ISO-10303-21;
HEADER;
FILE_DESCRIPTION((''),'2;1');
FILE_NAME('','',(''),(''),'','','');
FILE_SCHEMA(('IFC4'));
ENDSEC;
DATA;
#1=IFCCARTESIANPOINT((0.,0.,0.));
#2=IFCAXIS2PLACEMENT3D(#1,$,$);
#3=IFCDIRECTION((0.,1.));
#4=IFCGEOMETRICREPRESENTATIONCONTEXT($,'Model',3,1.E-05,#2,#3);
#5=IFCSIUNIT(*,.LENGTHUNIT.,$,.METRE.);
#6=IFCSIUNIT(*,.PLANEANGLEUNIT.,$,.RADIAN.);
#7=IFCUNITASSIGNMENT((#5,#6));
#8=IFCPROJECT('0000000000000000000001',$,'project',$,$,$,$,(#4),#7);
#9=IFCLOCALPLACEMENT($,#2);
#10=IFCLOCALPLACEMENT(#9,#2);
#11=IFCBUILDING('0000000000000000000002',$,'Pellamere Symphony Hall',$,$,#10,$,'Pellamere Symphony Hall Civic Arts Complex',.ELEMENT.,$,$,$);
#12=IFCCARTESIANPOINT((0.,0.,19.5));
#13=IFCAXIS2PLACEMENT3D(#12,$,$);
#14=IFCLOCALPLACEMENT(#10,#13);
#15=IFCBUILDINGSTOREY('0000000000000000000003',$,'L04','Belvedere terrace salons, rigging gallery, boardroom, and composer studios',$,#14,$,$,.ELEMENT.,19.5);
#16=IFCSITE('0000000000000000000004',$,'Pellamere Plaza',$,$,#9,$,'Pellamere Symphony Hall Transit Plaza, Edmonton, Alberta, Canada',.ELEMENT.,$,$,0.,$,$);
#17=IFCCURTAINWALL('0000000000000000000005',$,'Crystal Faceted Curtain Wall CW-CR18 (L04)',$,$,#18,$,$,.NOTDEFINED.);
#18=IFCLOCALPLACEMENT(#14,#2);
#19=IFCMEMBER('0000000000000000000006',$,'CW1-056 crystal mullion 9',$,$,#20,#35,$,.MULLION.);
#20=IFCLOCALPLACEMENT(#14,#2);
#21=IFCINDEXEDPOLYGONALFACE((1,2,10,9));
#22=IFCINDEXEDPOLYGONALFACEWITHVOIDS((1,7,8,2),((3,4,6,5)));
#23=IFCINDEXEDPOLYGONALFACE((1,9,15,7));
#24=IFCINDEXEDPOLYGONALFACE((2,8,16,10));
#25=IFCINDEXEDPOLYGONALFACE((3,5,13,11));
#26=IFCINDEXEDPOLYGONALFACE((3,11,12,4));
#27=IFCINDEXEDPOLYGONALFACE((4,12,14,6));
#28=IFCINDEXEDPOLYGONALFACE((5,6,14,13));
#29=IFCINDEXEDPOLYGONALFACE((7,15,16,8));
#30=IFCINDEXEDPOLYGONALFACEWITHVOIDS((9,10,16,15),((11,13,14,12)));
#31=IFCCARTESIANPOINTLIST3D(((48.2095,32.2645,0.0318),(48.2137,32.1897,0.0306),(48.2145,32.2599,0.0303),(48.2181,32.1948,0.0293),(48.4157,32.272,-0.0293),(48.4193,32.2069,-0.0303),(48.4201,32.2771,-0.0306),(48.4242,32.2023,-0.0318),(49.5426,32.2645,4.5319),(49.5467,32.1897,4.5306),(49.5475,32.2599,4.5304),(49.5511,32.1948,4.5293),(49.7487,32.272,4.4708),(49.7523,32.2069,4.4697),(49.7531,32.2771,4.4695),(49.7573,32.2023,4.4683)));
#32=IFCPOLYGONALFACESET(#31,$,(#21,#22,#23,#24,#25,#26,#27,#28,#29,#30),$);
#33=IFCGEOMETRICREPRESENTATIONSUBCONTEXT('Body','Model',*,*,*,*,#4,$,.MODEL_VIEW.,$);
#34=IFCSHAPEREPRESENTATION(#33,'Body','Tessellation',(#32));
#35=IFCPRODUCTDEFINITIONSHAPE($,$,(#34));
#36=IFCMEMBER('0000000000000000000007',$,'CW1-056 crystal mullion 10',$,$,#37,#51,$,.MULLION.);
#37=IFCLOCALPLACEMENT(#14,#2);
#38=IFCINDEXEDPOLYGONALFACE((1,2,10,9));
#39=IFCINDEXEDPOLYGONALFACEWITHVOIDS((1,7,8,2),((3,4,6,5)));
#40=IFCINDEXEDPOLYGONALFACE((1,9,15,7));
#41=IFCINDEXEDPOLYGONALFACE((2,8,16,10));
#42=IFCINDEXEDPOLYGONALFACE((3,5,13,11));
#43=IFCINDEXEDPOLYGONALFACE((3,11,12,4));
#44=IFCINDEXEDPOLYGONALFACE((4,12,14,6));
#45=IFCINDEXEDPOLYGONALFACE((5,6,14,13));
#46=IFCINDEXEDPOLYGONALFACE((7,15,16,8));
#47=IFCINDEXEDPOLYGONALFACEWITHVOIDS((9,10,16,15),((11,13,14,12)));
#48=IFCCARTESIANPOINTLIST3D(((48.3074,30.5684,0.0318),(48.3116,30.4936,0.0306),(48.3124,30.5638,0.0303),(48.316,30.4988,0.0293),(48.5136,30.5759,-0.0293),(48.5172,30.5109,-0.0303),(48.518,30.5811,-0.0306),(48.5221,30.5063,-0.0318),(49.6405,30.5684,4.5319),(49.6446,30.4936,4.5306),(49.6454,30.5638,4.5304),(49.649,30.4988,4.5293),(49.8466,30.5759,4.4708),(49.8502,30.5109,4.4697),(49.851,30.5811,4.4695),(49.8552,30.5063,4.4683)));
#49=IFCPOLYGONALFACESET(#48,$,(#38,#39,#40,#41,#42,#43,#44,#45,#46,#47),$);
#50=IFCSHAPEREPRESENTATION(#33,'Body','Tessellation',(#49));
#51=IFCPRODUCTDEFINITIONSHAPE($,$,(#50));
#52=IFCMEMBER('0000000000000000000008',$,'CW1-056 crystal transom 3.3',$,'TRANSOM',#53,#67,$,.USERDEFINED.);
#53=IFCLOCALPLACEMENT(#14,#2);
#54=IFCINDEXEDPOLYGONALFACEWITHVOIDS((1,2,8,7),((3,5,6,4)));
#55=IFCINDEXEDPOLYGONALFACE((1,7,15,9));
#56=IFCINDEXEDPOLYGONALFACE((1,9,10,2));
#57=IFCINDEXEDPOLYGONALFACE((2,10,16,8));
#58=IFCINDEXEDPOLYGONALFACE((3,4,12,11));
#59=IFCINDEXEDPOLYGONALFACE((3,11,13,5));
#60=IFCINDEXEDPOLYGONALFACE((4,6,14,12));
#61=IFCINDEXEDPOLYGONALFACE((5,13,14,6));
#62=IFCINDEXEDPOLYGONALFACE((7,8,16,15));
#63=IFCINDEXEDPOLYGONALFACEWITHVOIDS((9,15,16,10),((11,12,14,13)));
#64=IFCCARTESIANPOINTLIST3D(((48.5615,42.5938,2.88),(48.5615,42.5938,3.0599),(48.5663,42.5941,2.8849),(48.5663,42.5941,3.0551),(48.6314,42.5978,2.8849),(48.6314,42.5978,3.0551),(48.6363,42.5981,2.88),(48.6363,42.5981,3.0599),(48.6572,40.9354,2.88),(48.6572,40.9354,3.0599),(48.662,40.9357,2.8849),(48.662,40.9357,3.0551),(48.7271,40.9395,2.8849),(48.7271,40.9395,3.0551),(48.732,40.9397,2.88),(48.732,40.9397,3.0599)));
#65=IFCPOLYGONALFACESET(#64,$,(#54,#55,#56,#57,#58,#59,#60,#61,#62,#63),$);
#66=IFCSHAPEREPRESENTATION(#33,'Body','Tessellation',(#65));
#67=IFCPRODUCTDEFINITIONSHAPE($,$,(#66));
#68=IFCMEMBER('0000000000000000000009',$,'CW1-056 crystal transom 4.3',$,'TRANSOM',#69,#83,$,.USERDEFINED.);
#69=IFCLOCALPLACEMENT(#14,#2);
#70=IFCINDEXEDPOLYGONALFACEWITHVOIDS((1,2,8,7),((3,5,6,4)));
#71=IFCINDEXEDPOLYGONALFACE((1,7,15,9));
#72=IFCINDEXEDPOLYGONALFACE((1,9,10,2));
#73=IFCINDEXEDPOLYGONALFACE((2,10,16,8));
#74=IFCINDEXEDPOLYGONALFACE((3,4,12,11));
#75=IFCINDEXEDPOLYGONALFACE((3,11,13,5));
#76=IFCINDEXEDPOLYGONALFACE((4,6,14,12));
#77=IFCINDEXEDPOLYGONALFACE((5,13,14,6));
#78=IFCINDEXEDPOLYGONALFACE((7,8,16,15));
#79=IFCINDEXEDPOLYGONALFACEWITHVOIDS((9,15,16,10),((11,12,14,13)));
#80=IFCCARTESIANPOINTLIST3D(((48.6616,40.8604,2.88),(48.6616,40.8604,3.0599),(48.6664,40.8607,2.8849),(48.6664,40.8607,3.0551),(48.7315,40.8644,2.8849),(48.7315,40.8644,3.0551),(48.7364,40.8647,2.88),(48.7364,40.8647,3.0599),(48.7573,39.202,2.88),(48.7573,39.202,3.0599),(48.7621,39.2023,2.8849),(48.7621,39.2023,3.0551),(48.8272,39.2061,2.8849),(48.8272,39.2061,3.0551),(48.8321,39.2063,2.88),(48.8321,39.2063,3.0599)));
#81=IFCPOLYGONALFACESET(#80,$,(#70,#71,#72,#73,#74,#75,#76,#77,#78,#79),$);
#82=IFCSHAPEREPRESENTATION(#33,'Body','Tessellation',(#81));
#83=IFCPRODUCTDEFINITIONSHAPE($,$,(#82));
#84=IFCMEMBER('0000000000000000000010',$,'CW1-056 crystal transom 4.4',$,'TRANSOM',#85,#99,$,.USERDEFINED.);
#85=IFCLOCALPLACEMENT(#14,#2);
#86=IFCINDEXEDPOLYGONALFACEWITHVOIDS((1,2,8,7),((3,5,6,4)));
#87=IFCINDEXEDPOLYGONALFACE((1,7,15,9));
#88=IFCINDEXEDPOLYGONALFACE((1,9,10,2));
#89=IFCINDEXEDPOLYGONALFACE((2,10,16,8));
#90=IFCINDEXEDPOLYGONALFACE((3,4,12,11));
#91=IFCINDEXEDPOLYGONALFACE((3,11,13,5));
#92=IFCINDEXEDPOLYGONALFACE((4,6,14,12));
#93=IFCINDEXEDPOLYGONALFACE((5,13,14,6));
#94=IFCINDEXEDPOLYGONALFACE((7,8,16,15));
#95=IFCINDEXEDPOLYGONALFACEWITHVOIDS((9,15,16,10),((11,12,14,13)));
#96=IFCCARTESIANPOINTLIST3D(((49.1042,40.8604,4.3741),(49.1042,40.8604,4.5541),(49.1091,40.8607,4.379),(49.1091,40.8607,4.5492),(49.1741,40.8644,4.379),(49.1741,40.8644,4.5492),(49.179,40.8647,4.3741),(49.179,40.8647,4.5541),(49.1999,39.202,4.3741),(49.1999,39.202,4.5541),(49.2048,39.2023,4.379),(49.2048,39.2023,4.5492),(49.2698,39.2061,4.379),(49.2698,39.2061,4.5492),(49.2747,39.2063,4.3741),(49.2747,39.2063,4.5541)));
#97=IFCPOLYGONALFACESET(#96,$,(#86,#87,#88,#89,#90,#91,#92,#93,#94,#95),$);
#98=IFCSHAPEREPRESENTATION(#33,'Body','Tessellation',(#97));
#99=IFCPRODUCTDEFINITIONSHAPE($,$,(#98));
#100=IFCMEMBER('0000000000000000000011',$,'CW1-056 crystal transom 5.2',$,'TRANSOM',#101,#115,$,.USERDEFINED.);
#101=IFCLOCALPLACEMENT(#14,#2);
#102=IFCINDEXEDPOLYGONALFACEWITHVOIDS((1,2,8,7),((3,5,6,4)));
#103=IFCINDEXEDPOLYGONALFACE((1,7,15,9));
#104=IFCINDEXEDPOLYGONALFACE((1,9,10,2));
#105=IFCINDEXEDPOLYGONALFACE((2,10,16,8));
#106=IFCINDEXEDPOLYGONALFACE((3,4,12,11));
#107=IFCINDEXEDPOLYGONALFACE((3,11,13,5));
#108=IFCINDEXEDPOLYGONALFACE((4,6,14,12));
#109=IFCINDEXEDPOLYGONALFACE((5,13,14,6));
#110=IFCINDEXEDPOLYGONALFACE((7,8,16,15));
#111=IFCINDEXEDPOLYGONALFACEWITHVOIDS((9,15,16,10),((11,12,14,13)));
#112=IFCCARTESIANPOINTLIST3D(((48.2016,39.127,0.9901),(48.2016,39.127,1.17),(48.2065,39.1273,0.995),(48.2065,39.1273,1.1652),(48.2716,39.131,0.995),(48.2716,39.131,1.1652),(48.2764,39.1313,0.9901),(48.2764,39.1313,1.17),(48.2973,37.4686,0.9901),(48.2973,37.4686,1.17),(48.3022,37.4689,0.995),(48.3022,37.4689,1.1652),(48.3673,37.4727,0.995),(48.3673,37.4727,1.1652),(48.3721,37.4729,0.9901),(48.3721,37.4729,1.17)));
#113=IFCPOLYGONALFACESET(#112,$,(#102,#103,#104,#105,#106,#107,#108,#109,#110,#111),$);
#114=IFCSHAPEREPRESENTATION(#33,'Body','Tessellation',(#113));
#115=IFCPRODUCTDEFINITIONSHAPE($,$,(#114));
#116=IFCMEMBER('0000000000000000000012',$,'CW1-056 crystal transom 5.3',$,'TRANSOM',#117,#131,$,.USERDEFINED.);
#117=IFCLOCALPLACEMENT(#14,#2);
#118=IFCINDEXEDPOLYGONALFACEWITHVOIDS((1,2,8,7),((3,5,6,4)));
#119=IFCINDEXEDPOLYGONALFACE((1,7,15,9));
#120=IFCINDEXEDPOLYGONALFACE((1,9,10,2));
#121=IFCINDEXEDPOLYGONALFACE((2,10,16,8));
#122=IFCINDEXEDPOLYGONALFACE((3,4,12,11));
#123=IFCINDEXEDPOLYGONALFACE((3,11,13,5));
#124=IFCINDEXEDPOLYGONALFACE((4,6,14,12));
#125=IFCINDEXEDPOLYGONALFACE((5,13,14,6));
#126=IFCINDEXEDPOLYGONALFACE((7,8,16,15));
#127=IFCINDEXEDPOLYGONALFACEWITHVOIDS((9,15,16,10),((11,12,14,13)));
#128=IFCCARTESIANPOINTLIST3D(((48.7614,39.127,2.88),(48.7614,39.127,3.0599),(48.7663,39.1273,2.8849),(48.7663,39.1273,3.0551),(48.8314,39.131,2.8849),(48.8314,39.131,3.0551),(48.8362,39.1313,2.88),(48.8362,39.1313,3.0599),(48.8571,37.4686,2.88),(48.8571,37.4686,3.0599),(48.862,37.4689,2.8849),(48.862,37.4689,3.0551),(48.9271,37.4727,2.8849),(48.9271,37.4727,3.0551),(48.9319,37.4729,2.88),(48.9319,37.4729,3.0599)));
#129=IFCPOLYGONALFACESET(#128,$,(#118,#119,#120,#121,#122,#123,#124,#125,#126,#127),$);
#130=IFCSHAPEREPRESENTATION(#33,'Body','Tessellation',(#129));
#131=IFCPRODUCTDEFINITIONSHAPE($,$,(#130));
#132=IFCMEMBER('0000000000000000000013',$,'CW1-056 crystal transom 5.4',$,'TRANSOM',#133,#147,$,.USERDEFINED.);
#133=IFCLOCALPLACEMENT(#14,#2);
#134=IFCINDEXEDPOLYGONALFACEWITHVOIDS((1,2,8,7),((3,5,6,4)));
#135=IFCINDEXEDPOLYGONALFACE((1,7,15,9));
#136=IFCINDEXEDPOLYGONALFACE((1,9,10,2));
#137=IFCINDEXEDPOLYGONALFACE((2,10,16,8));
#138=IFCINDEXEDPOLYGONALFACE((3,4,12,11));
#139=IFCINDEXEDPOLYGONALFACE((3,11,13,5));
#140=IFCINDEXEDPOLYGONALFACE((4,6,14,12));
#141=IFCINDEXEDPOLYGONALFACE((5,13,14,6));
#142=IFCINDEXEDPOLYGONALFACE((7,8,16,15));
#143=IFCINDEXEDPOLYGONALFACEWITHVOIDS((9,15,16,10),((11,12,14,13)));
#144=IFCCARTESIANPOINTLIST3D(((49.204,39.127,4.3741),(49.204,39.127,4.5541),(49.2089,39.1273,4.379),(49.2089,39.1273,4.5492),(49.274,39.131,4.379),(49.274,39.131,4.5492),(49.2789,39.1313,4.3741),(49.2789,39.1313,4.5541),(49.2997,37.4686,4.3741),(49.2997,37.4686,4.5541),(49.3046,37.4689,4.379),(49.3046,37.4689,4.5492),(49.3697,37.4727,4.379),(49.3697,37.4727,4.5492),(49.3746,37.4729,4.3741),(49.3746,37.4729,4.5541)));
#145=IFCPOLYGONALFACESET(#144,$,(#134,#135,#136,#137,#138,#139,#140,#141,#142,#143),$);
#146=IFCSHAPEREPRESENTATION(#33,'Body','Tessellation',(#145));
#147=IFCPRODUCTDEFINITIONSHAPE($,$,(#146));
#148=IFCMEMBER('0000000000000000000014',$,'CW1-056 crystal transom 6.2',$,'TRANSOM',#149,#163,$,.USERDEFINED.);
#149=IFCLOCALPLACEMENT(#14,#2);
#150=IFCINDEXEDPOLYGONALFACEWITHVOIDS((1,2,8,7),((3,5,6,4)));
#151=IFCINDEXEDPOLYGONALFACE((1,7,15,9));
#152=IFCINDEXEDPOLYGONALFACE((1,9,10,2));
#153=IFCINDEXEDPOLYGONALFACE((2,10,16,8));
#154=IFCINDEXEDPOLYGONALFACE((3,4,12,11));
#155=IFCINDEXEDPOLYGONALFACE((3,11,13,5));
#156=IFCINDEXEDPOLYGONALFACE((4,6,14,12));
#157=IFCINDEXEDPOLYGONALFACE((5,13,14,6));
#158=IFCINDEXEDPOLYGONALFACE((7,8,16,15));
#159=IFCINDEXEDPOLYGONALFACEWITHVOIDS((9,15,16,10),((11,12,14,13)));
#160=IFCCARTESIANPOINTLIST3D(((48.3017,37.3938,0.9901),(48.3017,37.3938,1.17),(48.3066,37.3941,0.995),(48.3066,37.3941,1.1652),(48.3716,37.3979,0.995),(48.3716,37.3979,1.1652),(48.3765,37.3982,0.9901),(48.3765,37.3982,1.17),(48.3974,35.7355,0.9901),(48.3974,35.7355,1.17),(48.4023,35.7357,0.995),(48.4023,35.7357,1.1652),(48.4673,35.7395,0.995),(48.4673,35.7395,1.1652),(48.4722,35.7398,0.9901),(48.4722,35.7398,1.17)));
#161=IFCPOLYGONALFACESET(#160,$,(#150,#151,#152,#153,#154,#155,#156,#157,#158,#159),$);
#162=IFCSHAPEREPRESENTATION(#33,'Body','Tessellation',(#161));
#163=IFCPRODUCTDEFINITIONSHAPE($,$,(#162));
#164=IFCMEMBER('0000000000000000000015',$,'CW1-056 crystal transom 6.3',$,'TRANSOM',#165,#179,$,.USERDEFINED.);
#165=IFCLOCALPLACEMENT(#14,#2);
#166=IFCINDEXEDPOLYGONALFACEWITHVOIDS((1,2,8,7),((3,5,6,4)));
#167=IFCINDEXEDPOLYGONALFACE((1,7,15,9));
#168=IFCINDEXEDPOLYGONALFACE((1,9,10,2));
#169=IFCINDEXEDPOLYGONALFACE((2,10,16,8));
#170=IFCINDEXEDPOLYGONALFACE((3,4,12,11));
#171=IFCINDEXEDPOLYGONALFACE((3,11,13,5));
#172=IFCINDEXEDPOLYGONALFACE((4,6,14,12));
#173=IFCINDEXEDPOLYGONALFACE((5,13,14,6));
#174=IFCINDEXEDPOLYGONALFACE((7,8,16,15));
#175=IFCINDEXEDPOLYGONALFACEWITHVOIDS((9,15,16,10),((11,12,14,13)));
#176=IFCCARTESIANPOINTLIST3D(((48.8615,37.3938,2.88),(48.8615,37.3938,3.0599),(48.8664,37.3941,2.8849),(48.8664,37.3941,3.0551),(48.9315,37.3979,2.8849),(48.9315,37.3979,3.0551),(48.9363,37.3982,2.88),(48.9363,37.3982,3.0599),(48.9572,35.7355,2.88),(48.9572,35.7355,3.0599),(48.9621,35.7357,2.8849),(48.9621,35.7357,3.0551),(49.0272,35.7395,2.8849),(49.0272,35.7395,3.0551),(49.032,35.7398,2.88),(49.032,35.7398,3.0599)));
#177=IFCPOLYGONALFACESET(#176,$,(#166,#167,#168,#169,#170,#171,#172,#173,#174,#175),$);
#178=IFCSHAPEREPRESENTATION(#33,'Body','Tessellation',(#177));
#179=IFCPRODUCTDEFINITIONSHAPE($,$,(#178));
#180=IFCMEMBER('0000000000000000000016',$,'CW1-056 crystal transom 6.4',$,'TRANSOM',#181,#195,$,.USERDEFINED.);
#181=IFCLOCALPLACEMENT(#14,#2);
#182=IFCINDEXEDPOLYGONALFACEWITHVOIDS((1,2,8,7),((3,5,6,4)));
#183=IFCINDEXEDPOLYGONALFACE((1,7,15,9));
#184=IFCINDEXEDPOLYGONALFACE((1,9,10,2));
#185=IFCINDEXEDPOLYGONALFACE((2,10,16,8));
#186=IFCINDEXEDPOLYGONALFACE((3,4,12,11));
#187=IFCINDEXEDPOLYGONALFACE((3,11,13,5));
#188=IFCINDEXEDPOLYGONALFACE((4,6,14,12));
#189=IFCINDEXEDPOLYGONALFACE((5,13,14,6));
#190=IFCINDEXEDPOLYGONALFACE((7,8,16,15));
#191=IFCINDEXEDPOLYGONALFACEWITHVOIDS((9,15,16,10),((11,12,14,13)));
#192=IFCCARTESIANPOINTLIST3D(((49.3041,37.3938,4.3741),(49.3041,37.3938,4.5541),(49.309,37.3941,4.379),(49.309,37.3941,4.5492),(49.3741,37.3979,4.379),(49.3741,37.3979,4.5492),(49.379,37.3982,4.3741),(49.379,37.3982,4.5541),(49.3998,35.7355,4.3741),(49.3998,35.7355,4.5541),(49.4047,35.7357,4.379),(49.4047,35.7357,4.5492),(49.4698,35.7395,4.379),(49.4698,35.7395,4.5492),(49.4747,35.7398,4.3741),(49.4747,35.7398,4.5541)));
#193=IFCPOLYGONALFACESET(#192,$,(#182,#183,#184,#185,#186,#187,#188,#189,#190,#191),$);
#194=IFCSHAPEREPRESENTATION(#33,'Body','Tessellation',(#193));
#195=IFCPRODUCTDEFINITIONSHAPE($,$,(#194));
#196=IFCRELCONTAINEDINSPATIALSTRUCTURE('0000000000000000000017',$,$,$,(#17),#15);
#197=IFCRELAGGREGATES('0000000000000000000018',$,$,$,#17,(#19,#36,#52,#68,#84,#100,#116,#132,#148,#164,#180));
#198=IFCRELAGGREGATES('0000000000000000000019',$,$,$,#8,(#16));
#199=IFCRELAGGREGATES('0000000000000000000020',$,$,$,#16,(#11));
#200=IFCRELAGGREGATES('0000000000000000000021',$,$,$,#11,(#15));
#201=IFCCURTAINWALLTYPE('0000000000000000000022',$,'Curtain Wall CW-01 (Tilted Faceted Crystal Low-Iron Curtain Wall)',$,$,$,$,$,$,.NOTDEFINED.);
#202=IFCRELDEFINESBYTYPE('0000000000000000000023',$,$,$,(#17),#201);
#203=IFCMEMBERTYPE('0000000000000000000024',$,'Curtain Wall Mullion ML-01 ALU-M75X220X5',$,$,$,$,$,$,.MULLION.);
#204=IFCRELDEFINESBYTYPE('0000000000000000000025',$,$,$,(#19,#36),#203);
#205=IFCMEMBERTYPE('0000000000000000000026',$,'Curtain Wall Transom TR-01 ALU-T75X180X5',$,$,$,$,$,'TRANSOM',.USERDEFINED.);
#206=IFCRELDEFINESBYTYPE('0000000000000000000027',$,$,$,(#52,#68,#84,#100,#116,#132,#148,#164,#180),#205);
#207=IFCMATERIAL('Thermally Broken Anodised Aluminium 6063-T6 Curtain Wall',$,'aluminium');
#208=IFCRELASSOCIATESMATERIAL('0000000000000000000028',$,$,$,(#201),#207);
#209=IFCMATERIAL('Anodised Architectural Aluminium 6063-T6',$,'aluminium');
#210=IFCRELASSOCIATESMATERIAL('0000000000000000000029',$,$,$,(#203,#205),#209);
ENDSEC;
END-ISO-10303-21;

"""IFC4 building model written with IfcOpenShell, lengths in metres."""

from ifc_helpers import new_model, si_unit, direction, frame, origin, origin_2d, place, context, subcontext, project, spatial, hollow_rectangle, extrude, material, material_profile, profile_set, type_object, element, aggregate, save


model = new_model("IFC4")

# Units and contexts
model_context = context("Model", 3, precision=1e-05, world=origin(), true_north=direction((0.0, 1.0)))
body_context = subcontext(model_context, "Body", "Model", "MODEL_VIEW")
ifc_project = project(units=[si_unit("LENGTHUNIT", "METRE"), si_unit("PLANEANGLEUNIT", "RADIAN")], contexts=[model_context])

# Site, building, storey
site_placement = place(None, origin())
site = spatial("IfcSite", under=ifc_project, at=site_placement, Name="Pellamere Plaza", LongName="Pellamere Symphony Hall Transit Plaza, Edmonton, Alberta, Canada", CompositionType="ELEMENT", RefElevation=0.0)
building_placement = place(site_placement, origin())
building = spatial("IfcBuilding", under=site, at=building_placement, Name="Pellamere Symphony Hall", LongName="Pellamere Symphony Hall Civic Arts Complex", CompositionType="ELEMENT")
storey_placement = place(building_placement, frame((0.0, 0.0, 19.5)))
storey = spatial("IfcBuildingStorey", under=building, at=storey_placement, Name="L04", Description="Belvedere terrace salons, rigging gallery, boardroom, and composer studios", CompositionType="ELEMENT", Elevation=19.5)

# Curtain wall, members
ifc_material_1 = material(Name="Thermally Broken Anodised Aluminium 6063-T6 Curtain Wall", Category="aluminium")
curtain_wall_type = type_object("IfcCurtainWallType", Name="Curtain Wall CW-01 (Tilted Faceted Crystal Low-Iron Curtain Wall)", PredefinedType="NOTDEFINED", material=ifc_material_1)
curtain_wall_placement = place(storey_placement, origin())
curtain_wall = element("IfcCurtainWall", 1, at=curtain_wall_placement, inside=storey, type_object=curtain_wall_type, Name="Crystal Faceted Curtain Wall CW-CR18 (L04)", PredefinedType="NOTDEFINED")
ifc_material_2 = material(Name="Anodised Architectural Aluminium 6063-T6", Category="aluminium")
ifc_material_profile_1 = material_profile(ifc_material_2, hollow_rectangle(XDim=0.075, YDim=0.22, WallThickness=0.0049, at=origin_2d()), Name="ALU-M75X220X5")
ifc_profile_set_1 = profile_set([ifc_material_profile_1], Name="Anodised Architectural Aluminium 6063-T6")
member_type_1 = type_object("IfcMemberType", Name="Curtain Wall Mullion ML-01 ALU-M75X220X5", PredefinedType="MULLION", material=ifc_profile_set_1)
member_1_placement = place(storey_placement, frame((48.3169, 32.2334, 0.0), z_axis=(0.284025, 0.0, 0.958817), x_axis=(-0.055225, 0.99834, 0.016359)))
member_1 = element("IfcMember", 2, at=member_1_placement, type_object=member_type_1, Name="CW1-056 crystal mullion 9", PredefinedType="MULLION", context=body_context, shape_type="SweptSolid", body=[
    extrude(hollow_rectangle(XDim=0.075, YDim=0.22, WallThickness=0.0049, at=origin_2d()), origin(), (0.0, 0.0, 1.0), 4.6934),
])
member_2_placement = place(storey_placement, frame((48.4148, 30.5374, 0.0), z_axis=(0.284025, 0.0, 0.958817), x_axis=(-0.055225, 0.99834, 0.016359)))
member_2 = element("IfcMember", 3, at=member_2_placement, type_object=member_type_1, Name="CW1-056 crystal mullion 10", PredefinedType="MULLION", context=body_context, shape_type="SweptSolid", body=[
    extrude(hollow_rectangle(XDim=0.075, YDim=0.22, WallThickness=0.0049, at=origin_2d()), origin(), (0.0, 0.0, 1.0), 4.6934),
])
ifc_material_profile_2 = material_profile(ifc_material_2, hollow_rectangle(XDim=0.075, YDim=0.1799, WallThickness=0.0049, at=origin_2d()), Name="ALU-T75X180X5")
ifc_profile_set_2 = profile_set([ifc_material_profile_2], Name="Anodised Architectural Aluminium 6063-T6")
member_type_2 = type_object("IfcMemberType", Name="Curtain Wall Transom TR-01 ALU-T75X180X5", ElementType="TRANSOM", PredefinedType="USERDEFINED", material=ifc_profile_set_2)
member_3_placement = place(storey_placement, frame((48.5989, 42.5959, 2.97), z_axis=(0.057611, -0.998339, 0.0), x_axis=(0.998339, 0.057611, 0.0)))
member_3 = element("IfcMember", 4, at=member_3_placement, type_object=member_type_2, Name="CW1-056 crystal transom 3.3", ObjectType="TRANSOM", PredefinedType="USERDEFINED", context=body_context, shape_type="SweptSolid", body=[
    extrude(hollow_rectangle(XDim=0.075, YDim=0.1799, WallThickness=0.0049, at=origin_2d()), origin(), (0.0, 0.0, 1.0), 1.6611),
])
member_4_placement = place(storey_placement, frame((48.699, 40.8625, 2.97), z_axis=(0.057611, -0.998339, 0.0), x_axis=(0.998339, 0.057611, 0.0)))
member_4 = element("IfcMember", 5, at=member_4_placement, type_object=member_type_2, Name="CW1-056 crystal transom 4.3", ObjectType="TRANSOM", PredefinedType="USERDEFINED", context=body_context, shape_type="SweptSolid", body=[
    extrude(hollow_rectangle(XDim=0.075, YDim=0.1799, WallThickness=0.0049, at=origin_2d()), origin(), (0.0, 0.0, 1.0), 1.6611),
])
member_5_placement = place(storey_placement, frame((49.1416, 40.8625, 4.4641), z_axis=(0.057611, -0.998339, 0.0), x_axis=(0.998339, 0.057611, 0.0)))
member_5 = element("IfcMember", 6, at=member_5_placement, type_object=member_type_2, Name="CW1-056 crystal transom 4.4", ObjectType="TRANSOM", PredefinedType="USERDEFINED", context=body_context, shape_type="SweptSolid", body=[
    extrude(hollow_rectangle(XDim=0.075, YDim=0.1799, WallThickness=0.0049, at=origin_2d()), origin(), (0.0, 0.0, 1.0), 1.6611),
])
member_6_placement = place(storey_placement, frame((48.239, 39.1292, 1.0801), z_axis=(0.057611, -0.998339, 0.0), x_axis=(0.998339, 0.057611, 0.0)))
member_6 = element("IfcMember", 7, at=member_6_placement, type_object=member_type_2, Name="CW1-056 crystal transom 5.2", ObjectType="TRANSOM", PredefinedType="USERDEFINED", context=body_context, shape_type="SweptSolid", body=[
    extrude(hollow_rectangle(XDim=0.075, YDim=0.1799, WallThickness=0.0049, at=origin_2d()), origin(), (0.0, 0.0, 1.0), 1.6611),
])
member_7_placement = place(storey_placement, frame((48.7988, 39.1292, 2.97), z_axis=(0.057611, -0.998339, 0.0), x_axis=(0.998339, 0.057611, 0.0)))
member_7 = element("IfcMember", 8, at=member_7_placement, type_object=member_type_2, Name="CW1-056 crystal transom 5.3", ObjectType="TRANSOM", PredefinedType="USERDEFINED", context=body_context, shape_type="SweptSolid", body=[
    extrude(hollow_rectangle(XDim=0.075, YDim=0.1799, WallThickness=0.0049, at=origin_2d()), origin(), (0.0, 0.0, 1.0), 1.6611),
])
member_8_placement = place(storey_placement, frame((49.2415, 39.1292, 4.4641), z_axis=(0.057611, -0.998339, 0.0), x_axis=(0.998339, 0.057611, 0.0)))
member_8 = element("IfcMember", 9, at=member_8_placement, type_object=member_type_2, Name="CW1-056 crystal transom 5.4", ObjectType="TRANSOM", PredefinedType="USERDEFINED", context=body_context, shape_type="SweptSolid", body=[
    extrude(hollow_rectangle(XDim=0.075, YDim=0.1799, WallThickness=0.0049, at=origin_2d()), origin(), (0.0, 0.0, 1.0), 1.6611),
])
member_9_placement = place(storey_placement, frame((48.3391, 37.396, 1.0801), z_axis=(0.057611, -0.998339, 0.0), x_axis=(0.998339, 0.057611, 0.0)))
member_9 = element("IfcMember", 10, at=member_9_placement, type_object=member_type_2, Name="CW1-056 crystal transom 6.2", ObjectType="TRANSOM", PredefinedType="USERDEFINED", context=body_context, shape_type="SweptSolid", body=[
    extrude(hollow_rectangle(XDim=0.075, YDim=0.1799, WallThickness=0.0049, at=origin_2d()), origin(), (0.0, 0.0, 1.0), 1.6611),
])
member_10_placement = place(storey_placement, frame((48.8989, 37.396, 2.97), z_axis=(0.057611, -0.998339, 0.0), x_axis=(0.998339, 0.057611, 0.0)))
member_10 = element("IfcMember", 11, at=member_10_placement, type_object=member_type_2, Name="CW1-056 crystal transom 6.3", ObjectType="TRANSOM", PredefinedType="USERDEFINED", context=body_context, shape_type="SweptSolid", body=[
    extrude(hollow_rectangle(XDim=0.075, YDim=0.1799, WallThickness=0.0049, at=origin_2d()), origin(), (0.0, 0.0, 1.0), 1.6611),
])
member_11_placement = place(storey_placement, frame((49.3416, 37.396, 4.4641), z_axis=(0.057611, -0.998339, 0.0), x_axis=(0.998339, 0.057611, 0.0)))
member_11 = element("IfcMember", 12, at=member_11_placement, type_object=member_type_2, Name="CW1-056 crystal transom 6.4", ObjectType="TRANSOM", PredefinedType="USERDEFINED", context=body_context, shape_type="SweptSolid", body=[
    extrude(hollow_rectangle(XDim=0.075, YDim=0.1799, WallThickness=0.0049, at=origin_2d()), origin(), (0.0, 0.0, 1.0), 1.6611),
])
aggregate(curtain_wall, [member_1, member_2, member_3, member_4, member_5, member_6, member_7, member_8, member_9, member_10, member_11])

save(model, "model.ifc")
